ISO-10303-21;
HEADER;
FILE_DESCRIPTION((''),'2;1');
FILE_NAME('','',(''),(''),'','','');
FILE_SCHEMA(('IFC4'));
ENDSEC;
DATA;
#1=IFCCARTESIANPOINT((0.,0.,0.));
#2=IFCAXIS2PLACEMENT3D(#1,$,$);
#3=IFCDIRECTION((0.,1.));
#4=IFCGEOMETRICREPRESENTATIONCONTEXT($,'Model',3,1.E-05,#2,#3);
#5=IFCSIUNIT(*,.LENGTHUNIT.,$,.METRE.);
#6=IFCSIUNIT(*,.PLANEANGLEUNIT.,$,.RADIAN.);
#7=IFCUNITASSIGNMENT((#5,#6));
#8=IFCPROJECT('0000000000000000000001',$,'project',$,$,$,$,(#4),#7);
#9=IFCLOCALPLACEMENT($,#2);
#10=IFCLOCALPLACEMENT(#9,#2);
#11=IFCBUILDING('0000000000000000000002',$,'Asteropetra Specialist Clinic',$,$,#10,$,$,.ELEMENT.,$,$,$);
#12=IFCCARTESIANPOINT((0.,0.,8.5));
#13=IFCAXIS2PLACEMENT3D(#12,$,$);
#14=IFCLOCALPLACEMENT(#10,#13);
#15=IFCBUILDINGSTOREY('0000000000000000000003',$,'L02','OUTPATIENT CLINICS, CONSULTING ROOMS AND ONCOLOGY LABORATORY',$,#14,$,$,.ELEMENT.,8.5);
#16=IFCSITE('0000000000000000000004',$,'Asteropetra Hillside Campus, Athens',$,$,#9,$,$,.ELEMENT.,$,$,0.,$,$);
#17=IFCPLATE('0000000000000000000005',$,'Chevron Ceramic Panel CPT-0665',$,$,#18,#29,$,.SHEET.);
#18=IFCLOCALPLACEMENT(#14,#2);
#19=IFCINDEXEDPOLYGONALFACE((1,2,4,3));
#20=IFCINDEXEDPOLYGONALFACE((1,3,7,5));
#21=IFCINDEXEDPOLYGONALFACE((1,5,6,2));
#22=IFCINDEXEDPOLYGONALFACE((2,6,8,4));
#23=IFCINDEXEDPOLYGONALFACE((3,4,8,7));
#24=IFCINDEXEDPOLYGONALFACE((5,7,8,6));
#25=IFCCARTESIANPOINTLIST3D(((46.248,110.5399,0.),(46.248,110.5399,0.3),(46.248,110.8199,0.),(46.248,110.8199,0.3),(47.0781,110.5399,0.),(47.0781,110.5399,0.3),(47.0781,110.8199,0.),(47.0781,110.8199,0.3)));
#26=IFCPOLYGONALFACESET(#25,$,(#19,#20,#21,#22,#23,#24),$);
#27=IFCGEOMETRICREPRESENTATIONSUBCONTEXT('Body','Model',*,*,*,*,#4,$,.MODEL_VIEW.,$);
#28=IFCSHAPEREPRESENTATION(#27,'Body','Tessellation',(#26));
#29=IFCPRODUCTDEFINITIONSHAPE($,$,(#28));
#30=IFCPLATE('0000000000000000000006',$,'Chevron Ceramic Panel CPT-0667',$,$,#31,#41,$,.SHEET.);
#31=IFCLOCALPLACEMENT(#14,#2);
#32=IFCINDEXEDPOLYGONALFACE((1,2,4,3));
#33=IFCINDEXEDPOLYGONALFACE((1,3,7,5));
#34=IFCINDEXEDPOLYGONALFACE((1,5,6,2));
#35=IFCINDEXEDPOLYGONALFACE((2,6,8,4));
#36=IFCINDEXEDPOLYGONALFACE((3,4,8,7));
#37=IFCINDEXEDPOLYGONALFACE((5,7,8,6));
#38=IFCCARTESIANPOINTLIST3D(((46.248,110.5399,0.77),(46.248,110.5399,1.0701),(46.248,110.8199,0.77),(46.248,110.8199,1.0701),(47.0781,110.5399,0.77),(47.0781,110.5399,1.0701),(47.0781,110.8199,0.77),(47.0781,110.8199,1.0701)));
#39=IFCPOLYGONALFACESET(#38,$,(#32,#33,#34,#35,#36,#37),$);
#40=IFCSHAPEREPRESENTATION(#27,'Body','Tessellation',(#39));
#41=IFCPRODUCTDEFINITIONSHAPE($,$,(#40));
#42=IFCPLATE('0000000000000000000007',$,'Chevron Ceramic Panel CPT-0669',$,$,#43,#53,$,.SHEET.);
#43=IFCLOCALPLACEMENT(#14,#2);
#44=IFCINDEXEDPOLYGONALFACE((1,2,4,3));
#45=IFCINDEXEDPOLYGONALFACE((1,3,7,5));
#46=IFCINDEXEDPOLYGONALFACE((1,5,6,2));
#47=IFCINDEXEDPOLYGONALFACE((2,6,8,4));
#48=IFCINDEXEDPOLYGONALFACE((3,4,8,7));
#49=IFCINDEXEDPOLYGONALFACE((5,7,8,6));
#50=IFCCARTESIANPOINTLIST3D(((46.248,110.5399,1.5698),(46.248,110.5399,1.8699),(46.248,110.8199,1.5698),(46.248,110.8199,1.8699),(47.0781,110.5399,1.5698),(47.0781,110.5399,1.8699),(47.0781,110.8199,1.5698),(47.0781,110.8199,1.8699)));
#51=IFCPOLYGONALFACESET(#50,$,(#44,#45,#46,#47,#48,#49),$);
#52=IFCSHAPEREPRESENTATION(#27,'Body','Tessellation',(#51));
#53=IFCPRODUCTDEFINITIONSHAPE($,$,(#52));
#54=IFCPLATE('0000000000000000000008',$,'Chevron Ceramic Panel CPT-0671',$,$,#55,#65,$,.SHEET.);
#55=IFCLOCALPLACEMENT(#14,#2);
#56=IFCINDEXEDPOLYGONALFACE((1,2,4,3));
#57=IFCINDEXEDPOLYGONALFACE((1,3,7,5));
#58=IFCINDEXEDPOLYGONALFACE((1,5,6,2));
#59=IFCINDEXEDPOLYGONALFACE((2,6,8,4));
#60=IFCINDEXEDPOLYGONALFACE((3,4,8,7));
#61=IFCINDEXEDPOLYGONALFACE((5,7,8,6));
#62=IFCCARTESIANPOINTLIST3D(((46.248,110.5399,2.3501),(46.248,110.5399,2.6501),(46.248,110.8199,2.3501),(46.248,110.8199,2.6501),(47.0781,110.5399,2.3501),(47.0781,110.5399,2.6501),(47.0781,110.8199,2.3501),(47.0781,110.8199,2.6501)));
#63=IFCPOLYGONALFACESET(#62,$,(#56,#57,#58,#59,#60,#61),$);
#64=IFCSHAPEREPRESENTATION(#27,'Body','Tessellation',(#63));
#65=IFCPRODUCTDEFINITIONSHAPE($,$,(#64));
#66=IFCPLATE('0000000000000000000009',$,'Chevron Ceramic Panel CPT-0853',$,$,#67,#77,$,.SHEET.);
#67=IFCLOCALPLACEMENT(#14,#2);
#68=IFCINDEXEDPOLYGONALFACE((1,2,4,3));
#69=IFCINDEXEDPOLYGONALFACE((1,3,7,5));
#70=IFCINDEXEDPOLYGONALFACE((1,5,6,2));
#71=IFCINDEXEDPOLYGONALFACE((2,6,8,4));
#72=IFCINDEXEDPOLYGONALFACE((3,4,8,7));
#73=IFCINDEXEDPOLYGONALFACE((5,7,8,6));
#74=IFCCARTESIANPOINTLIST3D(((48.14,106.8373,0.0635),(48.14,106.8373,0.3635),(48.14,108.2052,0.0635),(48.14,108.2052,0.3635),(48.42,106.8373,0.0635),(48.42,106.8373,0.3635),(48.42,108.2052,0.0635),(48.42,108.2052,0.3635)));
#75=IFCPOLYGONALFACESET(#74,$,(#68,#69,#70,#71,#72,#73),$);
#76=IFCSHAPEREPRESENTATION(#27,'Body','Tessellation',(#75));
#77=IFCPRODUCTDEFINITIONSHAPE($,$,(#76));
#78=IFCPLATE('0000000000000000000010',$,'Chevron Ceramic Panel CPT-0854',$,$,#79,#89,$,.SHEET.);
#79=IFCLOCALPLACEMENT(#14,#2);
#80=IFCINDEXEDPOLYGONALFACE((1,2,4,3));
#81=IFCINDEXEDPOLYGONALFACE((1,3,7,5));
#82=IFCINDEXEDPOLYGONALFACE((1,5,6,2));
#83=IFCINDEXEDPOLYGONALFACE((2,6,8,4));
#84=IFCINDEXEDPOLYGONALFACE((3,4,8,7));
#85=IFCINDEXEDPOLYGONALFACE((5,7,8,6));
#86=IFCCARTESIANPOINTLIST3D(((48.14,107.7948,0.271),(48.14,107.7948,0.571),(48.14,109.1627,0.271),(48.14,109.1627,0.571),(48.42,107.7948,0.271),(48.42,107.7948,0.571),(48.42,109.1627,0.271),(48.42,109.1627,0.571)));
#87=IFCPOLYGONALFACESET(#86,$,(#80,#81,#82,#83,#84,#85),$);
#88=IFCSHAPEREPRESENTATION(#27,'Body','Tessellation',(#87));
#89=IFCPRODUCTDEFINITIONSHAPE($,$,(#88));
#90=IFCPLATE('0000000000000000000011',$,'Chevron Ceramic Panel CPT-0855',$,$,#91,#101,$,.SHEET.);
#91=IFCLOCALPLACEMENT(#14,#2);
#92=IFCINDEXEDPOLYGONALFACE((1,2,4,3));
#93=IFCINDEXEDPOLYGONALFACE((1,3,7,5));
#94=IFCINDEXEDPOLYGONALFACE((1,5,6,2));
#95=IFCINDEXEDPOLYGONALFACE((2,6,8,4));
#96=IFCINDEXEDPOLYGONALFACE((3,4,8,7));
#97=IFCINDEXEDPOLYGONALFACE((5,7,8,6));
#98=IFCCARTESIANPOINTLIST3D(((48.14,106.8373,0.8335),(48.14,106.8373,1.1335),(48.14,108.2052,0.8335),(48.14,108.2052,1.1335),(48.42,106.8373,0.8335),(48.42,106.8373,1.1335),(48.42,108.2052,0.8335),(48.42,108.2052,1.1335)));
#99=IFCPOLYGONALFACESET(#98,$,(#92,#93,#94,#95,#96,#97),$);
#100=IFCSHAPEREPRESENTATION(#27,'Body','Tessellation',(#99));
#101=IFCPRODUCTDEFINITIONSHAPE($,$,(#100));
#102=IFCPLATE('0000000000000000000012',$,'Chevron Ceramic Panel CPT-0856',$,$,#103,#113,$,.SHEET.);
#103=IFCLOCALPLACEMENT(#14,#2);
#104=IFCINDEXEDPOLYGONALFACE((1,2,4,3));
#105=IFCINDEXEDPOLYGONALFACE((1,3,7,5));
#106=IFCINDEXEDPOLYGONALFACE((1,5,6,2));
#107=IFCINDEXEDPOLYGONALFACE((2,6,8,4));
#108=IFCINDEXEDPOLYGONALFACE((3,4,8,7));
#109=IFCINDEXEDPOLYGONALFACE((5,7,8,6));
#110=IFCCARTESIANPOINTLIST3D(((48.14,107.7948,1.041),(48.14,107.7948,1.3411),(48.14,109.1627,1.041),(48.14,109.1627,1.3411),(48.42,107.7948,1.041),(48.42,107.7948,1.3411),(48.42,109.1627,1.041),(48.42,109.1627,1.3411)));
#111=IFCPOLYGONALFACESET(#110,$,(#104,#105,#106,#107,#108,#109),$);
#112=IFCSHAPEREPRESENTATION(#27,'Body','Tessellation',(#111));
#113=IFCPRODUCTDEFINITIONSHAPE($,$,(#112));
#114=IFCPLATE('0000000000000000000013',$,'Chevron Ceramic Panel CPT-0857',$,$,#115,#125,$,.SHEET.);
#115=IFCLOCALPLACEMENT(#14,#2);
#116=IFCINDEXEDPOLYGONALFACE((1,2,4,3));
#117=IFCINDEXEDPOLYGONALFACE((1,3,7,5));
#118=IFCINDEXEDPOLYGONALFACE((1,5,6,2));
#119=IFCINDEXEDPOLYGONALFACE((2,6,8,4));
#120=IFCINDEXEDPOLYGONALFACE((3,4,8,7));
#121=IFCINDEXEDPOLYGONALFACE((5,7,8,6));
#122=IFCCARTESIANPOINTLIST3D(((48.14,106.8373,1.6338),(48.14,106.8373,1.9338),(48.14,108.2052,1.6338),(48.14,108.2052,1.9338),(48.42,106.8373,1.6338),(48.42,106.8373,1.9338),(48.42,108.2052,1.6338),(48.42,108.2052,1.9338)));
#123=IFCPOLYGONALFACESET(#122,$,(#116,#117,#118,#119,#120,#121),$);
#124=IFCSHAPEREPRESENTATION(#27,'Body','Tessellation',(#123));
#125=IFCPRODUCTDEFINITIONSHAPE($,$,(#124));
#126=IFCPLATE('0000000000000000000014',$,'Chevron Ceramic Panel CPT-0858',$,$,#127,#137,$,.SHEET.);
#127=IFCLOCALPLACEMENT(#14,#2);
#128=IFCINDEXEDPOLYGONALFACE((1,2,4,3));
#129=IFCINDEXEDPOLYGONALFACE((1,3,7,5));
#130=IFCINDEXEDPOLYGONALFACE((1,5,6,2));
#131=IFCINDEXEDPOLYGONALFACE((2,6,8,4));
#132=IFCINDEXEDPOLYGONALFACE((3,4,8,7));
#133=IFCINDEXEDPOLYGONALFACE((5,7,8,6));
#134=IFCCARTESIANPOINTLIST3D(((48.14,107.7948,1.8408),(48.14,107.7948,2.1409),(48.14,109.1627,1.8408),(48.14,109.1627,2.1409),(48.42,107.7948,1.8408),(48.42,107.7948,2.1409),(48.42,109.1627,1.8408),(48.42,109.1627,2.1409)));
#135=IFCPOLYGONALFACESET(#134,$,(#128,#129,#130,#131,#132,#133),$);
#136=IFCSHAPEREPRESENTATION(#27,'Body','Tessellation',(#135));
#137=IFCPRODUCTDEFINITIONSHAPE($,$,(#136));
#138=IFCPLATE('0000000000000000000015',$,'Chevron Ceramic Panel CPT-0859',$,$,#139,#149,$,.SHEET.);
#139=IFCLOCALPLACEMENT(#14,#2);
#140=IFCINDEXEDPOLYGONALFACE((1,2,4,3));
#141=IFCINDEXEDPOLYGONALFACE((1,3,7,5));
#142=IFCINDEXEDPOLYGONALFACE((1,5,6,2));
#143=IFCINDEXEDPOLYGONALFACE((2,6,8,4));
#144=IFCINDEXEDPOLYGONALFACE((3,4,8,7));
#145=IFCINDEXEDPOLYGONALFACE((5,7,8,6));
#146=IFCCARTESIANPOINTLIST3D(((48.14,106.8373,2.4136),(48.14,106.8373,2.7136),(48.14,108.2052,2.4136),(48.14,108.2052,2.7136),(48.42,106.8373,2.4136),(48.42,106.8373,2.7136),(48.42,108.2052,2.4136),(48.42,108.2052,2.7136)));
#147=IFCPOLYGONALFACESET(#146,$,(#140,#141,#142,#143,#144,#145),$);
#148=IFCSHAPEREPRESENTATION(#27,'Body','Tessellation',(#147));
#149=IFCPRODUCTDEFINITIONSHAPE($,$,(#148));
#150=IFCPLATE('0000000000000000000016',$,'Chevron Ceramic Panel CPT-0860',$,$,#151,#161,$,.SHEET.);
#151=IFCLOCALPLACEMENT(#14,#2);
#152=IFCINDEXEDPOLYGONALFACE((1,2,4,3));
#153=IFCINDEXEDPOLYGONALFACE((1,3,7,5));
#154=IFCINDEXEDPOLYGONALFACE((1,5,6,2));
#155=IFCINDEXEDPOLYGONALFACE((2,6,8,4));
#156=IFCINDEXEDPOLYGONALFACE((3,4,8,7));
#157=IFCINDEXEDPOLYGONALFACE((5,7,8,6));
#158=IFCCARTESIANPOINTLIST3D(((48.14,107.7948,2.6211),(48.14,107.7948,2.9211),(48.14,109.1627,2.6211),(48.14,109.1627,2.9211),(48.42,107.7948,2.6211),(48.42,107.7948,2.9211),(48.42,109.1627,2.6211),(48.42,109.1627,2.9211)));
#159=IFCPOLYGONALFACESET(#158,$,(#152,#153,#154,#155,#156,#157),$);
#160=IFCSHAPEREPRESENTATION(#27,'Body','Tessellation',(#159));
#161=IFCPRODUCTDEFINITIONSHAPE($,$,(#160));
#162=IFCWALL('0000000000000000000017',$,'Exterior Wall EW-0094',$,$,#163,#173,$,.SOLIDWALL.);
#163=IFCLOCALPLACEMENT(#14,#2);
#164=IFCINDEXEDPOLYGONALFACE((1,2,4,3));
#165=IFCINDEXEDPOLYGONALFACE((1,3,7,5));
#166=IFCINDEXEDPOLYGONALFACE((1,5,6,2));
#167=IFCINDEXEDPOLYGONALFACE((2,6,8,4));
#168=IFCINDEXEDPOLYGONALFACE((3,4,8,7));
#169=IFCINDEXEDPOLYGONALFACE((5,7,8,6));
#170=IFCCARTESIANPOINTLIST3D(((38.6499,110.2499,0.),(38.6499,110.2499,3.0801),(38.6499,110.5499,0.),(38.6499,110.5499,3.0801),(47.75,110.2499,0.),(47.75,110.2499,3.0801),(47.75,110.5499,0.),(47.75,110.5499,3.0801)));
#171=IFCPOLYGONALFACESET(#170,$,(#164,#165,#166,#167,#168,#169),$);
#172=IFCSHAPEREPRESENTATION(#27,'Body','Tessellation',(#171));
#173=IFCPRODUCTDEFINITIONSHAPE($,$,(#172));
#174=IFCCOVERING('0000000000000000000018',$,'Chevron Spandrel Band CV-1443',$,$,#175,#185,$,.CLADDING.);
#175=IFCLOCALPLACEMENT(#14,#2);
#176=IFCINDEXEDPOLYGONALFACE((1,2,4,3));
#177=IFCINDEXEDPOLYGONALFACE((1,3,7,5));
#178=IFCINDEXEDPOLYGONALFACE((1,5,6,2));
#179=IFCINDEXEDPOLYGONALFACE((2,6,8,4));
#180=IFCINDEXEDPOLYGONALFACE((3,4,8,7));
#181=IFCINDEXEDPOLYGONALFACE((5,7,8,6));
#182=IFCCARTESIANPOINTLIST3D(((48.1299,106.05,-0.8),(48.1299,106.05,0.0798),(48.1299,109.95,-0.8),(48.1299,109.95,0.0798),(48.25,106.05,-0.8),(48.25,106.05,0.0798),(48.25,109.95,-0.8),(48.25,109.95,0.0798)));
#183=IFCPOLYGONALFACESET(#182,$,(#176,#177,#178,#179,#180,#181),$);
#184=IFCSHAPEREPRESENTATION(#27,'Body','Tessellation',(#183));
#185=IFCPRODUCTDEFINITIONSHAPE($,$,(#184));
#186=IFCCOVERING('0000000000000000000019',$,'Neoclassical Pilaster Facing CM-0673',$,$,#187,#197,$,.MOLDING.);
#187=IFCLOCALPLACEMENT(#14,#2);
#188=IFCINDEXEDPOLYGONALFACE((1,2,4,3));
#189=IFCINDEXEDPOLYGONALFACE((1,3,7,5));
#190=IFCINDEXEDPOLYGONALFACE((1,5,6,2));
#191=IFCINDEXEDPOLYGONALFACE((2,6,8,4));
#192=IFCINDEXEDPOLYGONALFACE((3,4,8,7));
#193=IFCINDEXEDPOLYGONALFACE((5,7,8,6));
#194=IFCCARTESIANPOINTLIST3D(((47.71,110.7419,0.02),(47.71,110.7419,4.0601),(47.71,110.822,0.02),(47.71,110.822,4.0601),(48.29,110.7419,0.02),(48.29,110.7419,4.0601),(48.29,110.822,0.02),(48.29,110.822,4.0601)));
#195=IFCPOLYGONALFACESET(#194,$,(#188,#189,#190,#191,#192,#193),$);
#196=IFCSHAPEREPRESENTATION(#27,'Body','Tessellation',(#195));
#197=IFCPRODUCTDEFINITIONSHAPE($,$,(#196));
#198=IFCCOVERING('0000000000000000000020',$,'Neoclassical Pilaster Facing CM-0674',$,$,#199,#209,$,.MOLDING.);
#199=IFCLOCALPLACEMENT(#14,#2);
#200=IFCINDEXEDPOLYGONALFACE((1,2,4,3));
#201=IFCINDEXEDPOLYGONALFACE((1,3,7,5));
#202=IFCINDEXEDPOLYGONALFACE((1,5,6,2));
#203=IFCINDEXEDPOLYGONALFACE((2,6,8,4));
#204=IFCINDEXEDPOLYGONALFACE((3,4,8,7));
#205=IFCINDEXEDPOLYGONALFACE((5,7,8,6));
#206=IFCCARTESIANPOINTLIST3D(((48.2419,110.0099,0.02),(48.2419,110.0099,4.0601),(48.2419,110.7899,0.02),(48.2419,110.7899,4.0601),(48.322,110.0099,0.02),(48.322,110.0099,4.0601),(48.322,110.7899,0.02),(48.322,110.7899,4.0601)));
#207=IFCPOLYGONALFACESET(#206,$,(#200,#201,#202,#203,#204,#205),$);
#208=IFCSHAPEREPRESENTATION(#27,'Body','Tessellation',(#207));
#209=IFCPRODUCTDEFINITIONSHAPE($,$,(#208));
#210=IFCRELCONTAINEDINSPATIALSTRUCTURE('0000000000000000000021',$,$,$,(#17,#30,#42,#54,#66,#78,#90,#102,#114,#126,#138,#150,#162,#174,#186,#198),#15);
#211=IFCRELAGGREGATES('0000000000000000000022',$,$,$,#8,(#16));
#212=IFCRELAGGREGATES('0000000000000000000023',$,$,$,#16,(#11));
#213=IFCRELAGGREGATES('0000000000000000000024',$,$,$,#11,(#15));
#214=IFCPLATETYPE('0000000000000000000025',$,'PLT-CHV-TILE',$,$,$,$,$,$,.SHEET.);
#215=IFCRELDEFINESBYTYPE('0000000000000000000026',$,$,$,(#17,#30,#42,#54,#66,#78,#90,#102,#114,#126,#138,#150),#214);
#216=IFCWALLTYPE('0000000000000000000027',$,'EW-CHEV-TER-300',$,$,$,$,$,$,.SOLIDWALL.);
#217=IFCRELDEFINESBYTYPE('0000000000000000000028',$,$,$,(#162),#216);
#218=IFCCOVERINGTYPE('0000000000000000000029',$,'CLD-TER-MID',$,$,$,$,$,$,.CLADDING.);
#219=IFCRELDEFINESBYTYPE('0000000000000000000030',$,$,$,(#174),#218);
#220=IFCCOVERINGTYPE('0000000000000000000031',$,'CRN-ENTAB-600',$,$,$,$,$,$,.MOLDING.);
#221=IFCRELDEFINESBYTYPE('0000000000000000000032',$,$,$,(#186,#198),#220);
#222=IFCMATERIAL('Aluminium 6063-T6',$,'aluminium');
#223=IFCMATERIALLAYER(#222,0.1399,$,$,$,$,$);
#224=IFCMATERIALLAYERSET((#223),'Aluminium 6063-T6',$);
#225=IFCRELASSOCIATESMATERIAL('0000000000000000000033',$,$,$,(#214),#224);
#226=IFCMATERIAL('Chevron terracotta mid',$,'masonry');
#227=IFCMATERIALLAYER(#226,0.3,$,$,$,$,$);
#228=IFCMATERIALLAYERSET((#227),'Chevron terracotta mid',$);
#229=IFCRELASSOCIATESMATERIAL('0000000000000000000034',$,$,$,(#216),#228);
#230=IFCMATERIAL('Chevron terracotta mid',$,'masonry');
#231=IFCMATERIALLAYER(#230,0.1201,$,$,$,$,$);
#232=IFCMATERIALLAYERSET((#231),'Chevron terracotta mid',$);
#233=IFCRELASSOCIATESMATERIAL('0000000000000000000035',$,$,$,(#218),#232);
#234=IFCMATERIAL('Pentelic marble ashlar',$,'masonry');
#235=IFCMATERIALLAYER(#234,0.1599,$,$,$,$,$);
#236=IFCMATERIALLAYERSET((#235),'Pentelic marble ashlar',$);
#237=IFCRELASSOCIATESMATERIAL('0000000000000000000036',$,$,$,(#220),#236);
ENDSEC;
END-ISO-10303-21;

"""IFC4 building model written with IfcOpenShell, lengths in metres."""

from ifc_helpers import new_model, si_unit, direction, frame, frame_2d, origin, origin_2d, place, context, subcontext, project, spatial, rectangle, extrude, material, layer, layer_set, type_object, element, save


model = new_model("IFC4")

# Units and contexts
model_context = context("Model", 3, precision=1e-05, world=origin(), true_north=direction((0.0, 1.0)))
body_context = subcontext(model_context, "Body", "Model", "MODEL_VIEW")
ifc_project = project(units=[si_unit("LENGTHUNIT", "METRE"), si_unit("PLANEANGLEUNIT", "RADIAN")], contexts=[model_context])

# Site, building, storey
site_placement = place(None, origin())
site = spatial("IfcSite", under=ifc_project, at=site_placement, Name="Asteropetra Hillside Campus, Athens", CompositionType="ELEMENT", RefElevation=0.0)
building_placement = place(site_placement, origin())
building = spatial("IfcBuilding", under=site, at=building_placement, Name="Asteropetra Specialist Clinic", CompositionType="ELEMENT")
storey_placement = place(building_placement, frame((0.0, 0.0, 8.5)))
storey = spatial("IfcBuildingStorey", under=building, at=storey_placement, Name="L02", Description="OUTPATIENT CLINICS, CONSULTING ROOMS AND ONCOLOGY LABORATORY", CompositionType="ELEMENT", Elevation=8.5)

# Plates
ifc_material_1 = material(Name="Aluminium 6063-T6", Category="aluminium")
ifc_layer_1 = layer(ifc_material_1, 0.1399)
ifc_layer_set_1 = layer_set([ifc_layer_1], Name="Aluminium 6063-T6")
plate_type_1 = type_object("IfcPlateType", Name="PLT-CHV-TILE", PredefinedType="SHEET", material=ifc_layer_set_1)
for number, where, z_axis, x_axis, name in (
    (1, (46.6631, 110.6799, 0.0), (0.0, 0.0, 1.0), (1.0, 0.0, 0.0), "Chevron Ceramic Panel CPT-0665"),
    (2, (46.6631, 110.6799, 0.77), (0.0, 0.0, 1.0), (1.0, 0.0, 0.0), "Chevron Ceramic Panel CPT-0667"),
    (3, (46.6631, 110.6799, 1.5698), (0.0, 0.0, 1.0), (1.0, 0.0, 0.0), "Chevron Ceramic Panel CPT-0669"),
    (4, (46.6631, 110.6799, 2.3501), (0.0, 0.0, 1.0), (1.0, 0.0, 0.0), "Chevron Ceramic Panel CPT-0671"),
):
    element("IfcPlate", number, at=place(storey_placement, frame(where, z_axis=z_axis, x_axis=x_axis)), inside=storey, type_object=plate_type_1, Name=name, PredefinedType="SHEET", context=body_context, shape_type="SweptSolid", body=[
        extrude(rectangle(XDim=0.8301, YDim=0.28, at=origin_2d()), origin(), (0.0, 0.0, 1.0), 0.3),
    ])
for number, where, z_axis, x_axis, name in (
    (5, (48.28, 107.5212, 0.0635), (0.0, 0.0, 1.0), (1.0, 0.0, 0.0), "Chevron Ceramic Panel CPT-0853"),
    (6, (48.28, 108.4788, 0.271), (0.0, 0.0, 1.0), (1.0, 0.0, 0.0), "Chevron Ceramic Panel CPT-0854"),
    (7, (48.28, 107.5212, 0.8335), (0.0, 0.0, 1.0), (1.0, 0.0, 0.0), "Chevron Ceramic Panel CPT-0855"),
    (8, (48.28, 108.4788, 1.041), (0.0, 0.0, 1.0), (1.0, 0.0, 0.0), "Chevron Ceramic Panel CPT-0856"),
    (9, (48.28, 107.5212, 1.6338), (0.0, 0.0, 1.0), (1.0, 0.0, 0.0), "Chevron Ceramic Panel CPT-0857"),
    (10, (48.28, 108.4788, 1.8408), (0.0, 0.0, 1.0), (1.0, 0.0, 0.0), "Chevron Ceramic Panel CPT-0858"),
    (11, (48.28, 107.5212, 2.4136), (0.0, 0.0, 1.0), (1.0, 0.0, 0.0), "Chevron Ceramic Panel CPT-0859"),
    (12, (48.28, 108.4788, 2.6211), (0.0, 0.0, 1.0), (1.0, 0.0, 0.0), "Chevron Ceramic Panel CPT-0860"),
):
    element("IfcPlate", number, at=place(storey_placement, frame(where, z_axis=z_axis, x_axis=x_axis)), inside=storey, type_object=plate_type_1, Name=name, PredefinedType="SHEET", context=body_context, shape_type="SweptSolid", body=[
        extrude(rectangle(XDim=0.28, YDim=1.3679, at=origin_2d()), origin(), (0.0, 0.0, 1.0), 0.3),
    ])

# Wall
ifc_material_2 = material(Name="Chevron terracotta mid", Category="masonry")
ifc_layer_2 = layer(ifc_material_2, 0.3)
ifc_layer_set_2 = layer_set([ifc_layer_2], Name="Chevron terracotta mid")
wall_type = type_object("IfcWallType", Name="EW-CHEV-TER-300", PredefinedType="SOLIDWALL", material=ifc_layer_set_2)
wall_placement = place(storey_placement, frame((47.75, 110.3999, 0.0), z_axis=(0.0, 0.0, 1.0), x_axis=(-1.0, 0.0, 0.0)))
element("IfcWall", 13, at=wall_placement, inside=storey, type_object=wall_type, Name="Exterior Wall EW-0094", PredefinedType="SOLIDWALL", context=body_context, shape_type="SweptSolid", body=[
    extrude(rectangle(XDim=9.1001, YDim=0.3, at=frame_2d((4.55, 0.0))), origin(), (0.0, 0.0, 1.0), 3.0801),
])

# Coverings
ifc_material_3 = material(Name="Chevron terracotta mid", Category="masonry")
ifc_layer_3 = layer(ifc_material_3, 0.1201)
ifc_layer_set_3 = layer_set([ifc_layer_3], Name="Chevron terracotta mid")
covering_type_1 = type_object("IfcCoveringType", Name="CLD-TER-MID", PredefinedType="CLADDING", material=ifc_layer_set_3)
covering_1_placement = place(storey_placement, frame((48.1899, 108.0, -0.8), z_axis=(0.0, 0.0, 1.0), x_axis=(1.0, 0.0, 0.0)))
element("IfcCovering", 14, at=covering_1_placement, inside=storey, type_object=covering_type_1, Name="Chevron Spandrel Band CV-1443", PredefinedType="CLADDING", context=body_context, shape_type="SweptSolid", body=[
    extrude(rectangle(XDim=0.1201, YDim=3.8999, at=origin_2d()), origin(), (0.0, 0.0, 1.0), 0.8799),
])
ifc_material_4 = material(Name="Pentelic marble ashlar", Category="masonry")
ifc_layer_4 = layer(ifc_material_4, 0.1599)
ifc_layer_set_4 = layer_set([ifc_layer_4], Name="Pentelic marble ashlar")
covering_type_2 = type_object("IfcCoveringType", Name="CRN-ENTAB-600", PredefinedType="MOLDING", material=ifc_layer_set_4)
covering_2_placement = place(storey_placement, frame((48.0, 110.782, 0.02), z_axis=(0.0, 0.0, 1.0), x_axis=(1.0, 0.0, 0.0)))
element("IfcCovering", 15, at=covering_2_placement, inside=storey, type_object=covering_type_2, Name="Neoclassical Pilaster Facing CM-0673", PredefinedType="MOLDING", context=body_context, shape_type="SweptSolid", body=[
    extrude(rectangle(XDim=0.5801, YDim=0.0801, at=origin_2d()), origin(), (0.0, 0.0, 1.0), 4.04),
])
covering_3_placement = place(storey_placement, frame((48.282, 110.3999, 0.02), z_axis=(0.0, 0.0, 1.0), x_axis=(1.0, 0.0, 0.0)))
element("IfcCovering", 16, at=covering_3_placement, inside=storey, type_object=covering_type_2, Name="Neoclassical Pilaster Facing CM-0674", PredefinedType="MOLDING", context=body_context, shape_type="SweptSolid", body=[
    extrude(rectangle(XDim=0.0801, YDim=0.78, at=origin_2d()), origin(), (0.0, 0.0, 1.0), 4.04),
])

save(model, "model.ifc")
